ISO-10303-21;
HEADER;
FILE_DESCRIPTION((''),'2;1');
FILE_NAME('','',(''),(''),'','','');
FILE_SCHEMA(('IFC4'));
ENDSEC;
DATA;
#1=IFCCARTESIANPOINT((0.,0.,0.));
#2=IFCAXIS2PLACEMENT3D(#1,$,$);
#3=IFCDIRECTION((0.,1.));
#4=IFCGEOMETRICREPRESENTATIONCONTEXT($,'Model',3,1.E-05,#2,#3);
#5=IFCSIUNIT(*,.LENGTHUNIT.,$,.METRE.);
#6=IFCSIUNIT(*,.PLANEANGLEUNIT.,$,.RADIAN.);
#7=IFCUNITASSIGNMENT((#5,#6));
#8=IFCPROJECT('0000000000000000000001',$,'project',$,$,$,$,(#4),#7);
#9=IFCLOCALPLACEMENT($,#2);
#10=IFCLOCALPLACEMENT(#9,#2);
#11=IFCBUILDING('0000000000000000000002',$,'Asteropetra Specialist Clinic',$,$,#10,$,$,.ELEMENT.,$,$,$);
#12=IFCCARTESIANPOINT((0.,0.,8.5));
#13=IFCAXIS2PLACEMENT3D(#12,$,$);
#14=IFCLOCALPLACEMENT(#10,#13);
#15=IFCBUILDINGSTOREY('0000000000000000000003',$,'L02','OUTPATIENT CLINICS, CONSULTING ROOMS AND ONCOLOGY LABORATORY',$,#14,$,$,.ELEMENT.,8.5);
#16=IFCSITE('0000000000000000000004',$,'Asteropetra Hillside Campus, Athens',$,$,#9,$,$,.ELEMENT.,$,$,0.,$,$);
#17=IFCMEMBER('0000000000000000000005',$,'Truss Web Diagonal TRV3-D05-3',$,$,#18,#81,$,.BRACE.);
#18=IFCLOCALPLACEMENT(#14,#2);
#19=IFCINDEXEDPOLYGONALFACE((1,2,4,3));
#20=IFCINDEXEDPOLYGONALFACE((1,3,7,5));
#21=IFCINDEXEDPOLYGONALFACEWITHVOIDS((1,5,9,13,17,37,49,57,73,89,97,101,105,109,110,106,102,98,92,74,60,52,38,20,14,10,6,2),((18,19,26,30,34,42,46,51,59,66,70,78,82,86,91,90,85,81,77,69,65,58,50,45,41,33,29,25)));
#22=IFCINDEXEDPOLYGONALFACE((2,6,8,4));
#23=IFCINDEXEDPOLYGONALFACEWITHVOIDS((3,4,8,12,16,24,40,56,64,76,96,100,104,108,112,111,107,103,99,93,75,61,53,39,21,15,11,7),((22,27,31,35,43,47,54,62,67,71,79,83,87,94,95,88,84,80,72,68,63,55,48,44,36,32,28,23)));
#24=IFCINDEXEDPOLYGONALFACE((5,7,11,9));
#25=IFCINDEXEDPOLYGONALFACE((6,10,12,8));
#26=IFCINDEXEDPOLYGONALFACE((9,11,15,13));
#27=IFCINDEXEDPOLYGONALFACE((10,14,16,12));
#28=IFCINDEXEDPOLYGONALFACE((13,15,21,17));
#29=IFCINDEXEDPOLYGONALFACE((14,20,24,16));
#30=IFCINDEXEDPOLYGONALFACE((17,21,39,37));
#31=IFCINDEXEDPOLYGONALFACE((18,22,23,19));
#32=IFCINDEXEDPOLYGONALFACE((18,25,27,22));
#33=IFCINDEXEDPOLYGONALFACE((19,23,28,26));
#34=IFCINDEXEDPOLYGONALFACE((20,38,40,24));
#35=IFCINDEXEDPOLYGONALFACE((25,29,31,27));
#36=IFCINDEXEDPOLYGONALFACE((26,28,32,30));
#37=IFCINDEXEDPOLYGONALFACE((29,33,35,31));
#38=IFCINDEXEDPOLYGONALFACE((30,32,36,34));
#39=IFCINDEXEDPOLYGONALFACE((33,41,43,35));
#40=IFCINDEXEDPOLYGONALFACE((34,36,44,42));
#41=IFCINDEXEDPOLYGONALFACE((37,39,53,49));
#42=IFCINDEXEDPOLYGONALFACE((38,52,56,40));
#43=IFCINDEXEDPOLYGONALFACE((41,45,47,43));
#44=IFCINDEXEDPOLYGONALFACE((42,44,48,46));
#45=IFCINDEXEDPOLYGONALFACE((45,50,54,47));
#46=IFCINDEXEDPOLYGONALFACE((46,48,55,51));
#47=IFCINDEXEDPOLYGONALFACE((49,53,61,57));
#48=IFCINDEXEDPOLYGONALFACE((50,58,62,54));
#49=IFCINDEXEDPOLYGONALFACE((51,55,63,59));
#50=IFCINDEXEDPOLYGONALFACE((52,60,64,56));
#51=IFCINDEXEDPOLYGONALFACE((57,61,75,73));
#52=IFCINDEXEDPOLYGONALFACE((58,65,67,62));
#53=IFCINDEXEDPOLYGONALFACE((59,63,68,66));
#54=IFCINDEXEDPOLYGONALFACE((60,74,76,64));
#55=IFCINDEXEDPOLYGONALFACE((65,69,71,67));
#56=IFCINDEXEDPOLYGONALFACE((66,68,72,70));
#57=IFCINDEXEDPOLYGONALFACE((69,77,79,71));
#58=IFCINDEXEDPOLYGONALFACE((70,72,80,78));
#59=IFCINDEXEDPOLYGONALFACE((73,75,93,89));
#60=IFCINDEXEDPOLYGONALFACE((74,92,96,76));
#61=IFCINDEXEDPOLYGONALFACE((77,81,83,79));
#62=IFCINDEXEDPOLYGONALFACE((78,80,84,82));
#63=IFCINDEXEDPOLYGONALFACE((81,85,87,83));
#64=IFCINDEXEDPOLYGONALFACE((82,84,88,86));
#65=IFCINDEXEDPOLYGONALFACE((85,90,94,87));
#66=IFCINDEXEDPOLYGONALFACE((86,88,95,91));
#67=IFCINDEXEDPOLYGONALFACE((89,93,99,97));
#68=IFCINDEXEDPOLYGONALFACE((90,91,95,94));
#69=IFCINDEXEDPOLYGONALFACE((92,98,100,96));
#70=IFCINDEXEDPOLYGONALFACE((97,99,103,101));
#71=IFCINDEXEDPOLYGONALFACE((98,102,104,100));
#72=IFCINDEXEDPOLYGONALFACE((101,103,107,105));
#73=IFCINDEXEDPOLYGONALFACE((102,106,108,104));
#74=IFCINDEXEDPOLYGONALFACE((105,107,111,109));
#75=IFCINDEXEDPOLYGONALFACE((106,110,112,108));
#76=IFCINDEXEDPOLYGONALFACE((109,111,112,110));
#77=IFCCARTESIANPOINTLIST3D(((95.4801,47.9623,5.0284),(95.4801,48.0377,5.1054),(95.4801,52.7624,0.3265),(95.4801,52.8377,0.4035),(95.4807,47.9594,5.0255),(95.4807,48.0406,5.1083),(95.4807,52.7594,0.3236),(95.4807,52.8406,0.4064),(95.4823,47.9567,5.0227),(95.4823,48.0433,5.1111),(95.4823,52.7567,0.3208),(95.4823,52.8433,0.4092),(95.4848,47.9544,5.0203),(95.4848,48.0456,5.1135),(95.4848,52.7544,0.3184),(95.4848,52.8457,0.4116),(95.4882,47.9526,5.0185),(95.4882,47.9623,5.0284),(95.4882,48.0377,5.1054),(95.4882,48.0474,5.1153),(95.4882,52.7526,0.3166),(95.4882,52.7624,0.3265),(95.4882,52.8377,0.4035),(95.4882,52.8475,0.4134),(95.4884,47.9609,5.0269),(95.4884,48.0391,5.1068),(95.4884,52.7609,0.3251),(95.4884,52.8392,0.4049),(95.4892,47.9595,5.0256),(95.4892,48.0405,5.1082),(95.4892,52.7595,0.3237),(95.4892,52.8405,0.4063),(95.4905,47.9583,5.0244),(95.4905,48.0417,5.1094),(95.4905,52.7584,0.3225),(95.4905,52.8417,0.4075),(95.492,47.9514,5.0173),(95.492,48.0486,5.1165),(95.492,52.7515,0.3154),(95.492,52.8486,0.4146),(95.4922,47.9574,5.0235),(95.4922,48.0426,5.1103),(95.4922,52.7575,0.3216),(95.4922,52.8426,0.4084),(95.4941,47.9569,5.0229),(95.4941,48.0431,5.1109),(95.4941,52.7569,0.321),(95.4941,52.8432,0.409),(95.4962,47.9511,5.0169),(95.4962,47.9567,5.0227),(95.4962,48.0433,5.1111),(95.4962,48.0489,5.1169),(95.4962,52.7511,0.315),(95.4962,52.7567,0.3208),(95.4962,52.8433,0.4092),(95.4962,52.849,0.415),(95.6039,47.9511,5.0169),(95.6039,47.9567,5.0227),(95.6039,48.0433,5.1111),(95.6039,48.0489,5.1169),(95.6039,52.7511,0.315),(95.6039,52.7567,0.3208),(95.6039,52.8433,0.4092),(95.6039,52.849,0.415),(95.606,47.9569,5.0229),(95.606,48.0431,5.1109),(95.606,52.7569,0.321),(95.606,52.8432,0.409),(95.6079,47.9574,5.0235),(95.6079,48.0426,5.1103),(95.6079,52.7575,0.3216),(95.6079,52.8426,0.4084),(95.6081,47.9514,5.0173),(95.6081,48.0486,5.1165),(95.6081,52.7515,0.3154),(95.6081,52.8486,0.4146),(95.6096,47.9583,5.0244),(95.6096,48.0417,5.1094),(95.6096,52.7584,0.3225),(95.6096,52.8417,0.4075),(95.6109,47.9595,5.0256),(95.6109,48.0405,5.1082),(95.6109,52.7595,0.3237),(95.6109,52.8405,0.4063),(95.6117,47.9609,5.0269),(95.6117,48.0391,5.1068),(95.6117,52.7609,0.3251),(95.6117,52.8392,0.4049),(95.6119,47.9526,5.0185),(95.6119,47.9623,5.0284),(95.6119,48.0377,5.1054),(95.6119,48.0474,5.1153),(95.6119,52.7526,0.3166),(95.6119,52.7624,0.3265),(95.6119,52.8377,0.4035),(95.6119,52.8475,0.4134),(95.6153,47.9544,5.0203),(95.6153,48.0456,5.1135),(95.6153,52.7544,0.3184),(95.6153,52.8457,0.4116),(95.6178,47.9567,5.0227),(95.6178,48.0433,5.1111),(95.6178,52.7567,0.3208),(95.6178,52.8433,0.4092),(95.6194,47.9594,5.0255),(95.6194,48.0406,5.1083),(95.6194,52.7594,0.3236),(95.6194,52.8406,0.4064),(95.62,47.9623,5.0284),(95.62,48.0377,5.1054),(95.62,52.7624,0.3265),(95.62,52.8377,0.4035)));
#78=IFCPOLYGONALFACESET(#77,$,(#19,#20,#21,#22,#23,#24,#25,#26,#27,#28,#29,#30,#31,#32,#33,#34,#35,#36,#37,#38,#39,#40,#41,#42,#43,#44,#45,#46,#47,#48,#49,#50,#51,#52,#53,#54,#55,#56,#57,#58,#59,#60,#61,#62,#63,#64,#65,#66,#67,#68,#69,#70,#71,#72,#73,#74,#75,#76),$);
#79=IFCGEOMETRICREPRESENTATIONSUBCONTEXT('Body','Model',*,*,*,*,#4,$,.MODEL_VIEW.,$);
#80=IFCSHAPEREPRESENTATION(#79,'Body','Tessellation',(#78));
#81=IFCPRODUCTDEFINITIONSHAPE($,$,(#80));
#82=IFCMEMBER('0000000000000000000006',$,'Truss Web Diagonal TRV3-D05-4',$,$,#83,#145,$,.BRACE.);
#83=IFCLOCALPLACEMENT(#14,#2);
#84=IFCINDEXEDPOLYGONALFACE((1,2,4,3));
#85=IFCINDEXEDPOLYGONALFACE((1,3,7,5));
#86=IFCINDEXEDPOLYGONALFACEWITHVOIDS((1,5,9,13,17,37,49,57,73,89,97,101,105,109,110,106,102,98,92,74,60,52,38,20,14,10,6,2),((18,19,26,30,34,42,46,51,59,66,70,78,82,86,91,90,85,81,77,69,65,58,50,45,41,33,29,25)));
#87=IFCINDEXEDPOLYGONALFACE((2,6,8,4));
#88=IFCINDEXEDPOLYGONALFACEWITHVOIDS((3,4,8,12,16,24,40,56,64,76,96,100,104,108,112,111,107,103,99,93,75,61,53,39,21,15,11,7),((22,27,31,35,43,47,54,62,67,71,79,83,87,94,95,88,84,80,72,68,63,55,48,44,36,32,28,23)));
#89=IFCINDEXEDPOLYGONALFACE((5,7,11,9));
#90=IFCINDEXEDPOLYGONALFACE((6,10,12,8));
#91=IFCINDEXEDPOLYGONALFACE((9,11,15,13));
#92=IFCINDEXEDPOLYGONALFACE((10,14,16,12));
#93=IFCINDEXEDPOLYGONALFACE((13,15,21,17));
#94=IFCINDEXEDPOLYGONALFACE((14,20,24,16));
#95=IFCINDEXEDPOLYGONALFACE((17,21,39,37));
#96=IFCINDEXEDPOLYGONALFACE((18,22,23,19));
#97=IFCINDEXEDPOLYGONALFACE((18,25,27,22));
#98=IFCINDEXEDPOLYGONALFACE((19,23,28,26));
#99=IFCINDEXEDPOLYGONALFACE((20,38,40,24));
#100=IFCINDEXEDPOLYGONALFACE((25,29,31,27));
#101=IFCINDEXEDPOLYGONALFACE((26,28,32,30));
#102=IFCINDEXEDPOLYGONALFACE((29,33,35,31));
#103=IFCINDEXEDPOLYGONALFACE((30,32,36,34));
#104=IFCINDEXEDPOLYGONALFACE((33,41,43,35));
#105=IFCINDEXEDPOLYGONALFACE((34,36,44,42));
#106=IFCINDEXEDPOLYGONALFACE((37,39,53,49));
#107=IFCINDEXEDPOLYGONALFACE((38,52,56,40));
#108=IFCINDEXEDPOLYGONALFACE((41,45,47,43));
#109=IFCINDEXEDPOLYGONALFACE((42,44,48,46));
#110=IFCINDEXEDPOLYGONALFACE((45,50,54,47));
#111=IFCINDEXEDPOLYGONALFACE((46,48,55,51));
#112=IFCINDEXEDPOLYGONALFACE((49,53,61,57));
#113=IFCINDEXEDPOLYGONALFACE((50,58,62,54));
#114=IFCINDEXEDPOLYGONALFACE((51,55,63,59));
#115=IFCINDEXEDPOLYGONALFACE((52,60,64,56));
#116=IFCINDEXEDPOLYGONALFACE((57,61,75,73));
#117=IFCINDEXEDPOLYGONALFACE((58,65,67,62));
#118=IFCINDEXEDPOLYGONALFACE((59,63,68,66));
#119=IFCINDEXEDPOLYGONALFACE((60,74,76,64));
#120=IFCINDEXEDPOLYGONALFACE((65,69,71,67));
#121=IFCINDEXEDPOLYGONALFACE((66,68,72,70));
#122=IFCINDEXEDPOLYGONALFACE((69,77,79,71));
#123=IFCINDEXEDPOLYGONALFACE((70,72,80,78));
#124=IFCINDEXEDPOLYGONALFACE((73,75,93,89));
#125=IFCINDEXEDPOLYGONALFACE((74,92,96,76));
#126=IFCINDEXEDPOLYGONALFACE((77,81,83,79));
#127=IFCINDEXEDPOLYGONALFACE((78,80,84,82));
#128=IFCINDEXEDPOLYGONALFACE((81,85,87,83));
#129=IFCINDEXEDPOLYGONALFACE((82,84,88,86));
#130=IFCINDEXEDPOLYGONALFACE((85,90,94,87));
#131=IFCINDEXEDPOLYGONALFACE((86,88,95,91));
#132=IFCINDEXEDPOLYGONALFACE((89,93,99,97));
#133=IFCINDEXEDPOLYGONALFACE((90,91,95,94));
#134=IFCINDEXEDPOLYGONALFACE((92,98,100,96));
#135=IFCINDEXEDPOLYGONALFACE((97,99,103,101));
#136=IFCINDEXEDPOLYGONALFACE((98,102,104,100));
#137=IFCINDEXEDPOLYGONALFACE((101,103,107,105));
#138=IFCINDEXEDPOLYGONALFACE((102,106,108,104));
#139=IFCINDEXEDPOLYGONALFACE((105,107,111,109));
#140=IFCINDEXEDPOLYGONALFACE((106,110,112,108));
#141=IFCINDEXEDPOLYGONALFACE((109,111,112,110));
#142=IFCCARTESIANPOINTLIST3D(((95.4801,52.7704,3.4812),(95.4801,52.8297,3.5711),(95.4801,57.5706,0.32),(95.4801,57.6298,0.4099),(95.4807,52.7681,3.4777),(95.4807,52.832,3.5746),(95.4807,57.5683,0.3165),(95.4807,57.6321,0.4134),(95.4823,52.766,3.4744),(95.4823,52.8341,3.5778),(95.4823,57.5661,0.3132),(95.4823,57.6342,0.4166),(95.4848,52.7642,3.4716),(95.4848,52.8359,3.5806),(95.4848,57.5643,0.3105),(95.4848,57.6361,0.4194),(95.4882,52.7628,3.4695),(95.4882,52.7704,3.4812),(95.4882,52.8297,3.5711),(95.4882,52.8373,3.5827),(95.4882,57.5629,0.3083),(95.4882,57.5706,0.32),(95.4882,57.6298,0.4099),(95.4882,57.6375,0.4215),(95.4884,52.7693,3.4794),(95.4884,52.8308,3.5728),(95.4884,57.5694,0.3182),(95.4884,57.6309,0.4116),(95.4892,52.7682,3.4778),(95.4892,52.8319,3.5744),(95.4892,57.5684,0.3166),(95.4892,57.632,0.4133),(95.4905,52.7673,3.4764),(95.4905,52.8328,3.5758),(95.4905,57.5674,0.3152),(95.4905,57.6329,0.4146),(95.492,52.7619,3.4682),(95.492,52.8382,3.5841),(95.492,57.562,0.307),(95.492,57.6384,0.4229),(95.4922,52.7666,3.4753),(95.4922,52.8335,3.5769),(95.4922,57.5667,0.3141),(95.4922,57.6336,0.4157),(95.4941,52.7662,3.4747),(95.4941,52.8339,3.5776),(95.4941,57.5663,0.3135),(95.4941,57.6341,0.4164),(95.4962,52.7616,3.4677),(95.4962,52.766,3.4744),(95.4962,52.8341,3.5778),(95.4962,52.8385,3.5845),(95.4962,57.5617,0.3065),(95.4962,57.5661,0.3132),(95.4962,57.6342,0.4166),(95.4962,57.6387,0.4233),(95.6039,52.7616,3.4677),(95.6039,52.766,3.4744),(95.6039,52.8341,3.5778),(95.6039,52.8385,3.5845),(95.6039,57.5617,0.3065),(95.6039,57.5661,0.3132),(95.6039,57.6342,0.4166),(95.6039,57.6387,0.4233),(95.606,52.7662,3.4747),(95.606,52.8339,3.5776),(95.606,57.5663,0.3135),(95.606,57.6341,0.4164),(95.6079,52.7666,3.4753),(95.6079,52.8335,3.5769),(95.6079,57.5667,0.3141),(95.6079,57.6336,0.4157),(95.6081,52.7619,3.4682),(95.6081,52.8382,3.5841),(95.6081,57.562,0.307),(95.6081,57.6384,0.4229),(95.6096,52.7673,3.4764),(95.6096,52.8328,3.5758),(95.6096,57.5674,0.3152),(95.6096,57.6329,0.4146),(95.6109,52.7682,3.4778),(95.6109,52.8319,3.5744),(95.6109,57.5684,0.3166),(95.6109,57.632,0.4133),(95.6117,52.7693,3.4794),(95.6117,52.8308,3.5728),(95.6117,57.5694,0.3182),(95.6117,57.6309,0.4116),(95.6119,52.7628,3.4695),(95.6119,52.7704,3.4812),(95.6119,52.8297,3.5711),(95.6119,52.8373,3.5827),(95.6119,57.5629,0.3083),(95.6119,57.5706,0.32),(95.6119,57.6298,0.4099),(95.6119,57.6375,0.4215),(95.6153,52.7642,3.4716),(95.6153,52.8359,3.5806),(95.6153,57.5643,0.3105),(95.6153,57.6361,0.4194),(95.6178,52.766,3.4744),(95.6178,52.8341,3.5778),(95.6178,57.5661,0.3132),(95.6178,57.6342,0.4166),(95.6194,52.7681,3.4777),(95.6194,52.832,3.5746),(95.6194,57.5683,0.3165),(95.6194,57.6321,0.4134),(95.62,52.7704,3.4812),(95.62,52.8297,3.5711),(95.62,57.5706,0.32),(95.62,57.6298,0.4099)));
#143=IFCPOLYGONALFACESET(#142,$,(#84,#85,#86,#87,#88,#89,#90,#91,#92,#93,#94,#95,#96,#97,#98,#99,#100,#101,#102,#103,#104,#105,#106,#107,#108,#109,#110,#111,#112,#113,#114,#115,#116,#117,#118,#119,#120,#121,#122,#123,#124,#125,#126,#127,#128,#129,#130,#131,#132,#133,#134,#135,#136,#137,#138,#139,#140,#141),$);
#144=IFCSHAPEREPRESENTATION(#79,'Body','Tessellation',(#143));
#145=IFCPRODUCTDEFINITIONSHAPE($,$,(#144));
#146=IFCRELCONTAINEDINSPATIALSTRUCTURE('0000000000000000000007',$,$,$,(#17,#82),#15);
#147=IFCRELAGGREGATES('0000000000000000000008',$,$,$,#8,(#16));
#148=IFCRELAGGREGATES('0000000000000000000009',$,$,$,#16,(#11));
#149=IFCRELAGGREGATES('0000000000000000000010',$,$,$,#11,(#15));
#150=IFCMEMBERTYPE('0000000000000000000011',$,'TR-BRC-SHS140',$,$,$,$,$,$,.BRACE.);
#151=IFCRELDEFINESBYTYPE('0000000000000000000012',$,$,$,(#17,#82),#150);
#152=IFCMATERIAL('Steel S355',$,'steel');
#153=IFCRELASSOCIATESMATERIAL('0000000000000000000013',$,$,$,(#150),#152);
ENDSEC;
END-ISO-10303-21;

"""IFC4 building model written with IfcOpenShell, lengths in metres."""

from ifc_helpers import new_model, si_unit, direction, frame, origin, origin_2d, place, context, subcontext, project, spatial, hollow_rectangle, extrude, material, material_profile, profile_set, type_object, element, save


model = new_model("IFC4")

# Units and contexts
model_context = context("Model", 3, precision=1e-05, world=origin(), true_north=direction((0.0, 1.0)))
body_context = subcontext(model_context, "Body", "Model", "MODEL_VIEW")
ifc_project = project(units=[si_unit("LENGTHUNIT", "METRE"), si_unit("PLANEANGLEUNIT", "RADIAN")], contexts=[model_context])

# Site, building, storey
site_placement = place(None, origin())
site = spatial("IfcSite", under=ifc_project, at=site_placement, Name="Asteropetra Hillside Campus, Athens", CompositionType="ELEMENT", RefElevation=0.0)
building_placement = place(site_placement, origin())
building = spatial("IfcBuilding", under=site, at=building_placement, Name="Asteropetra Specialist Clinic", CompositionType="ELEMENT")
storey_placement = place(building_placement, frame((0.0, 0.0, 8.5)))
storey = spatial("IfcBuildingStorey", under=building, at=storey_placement, Name="L02", Description="OUTPATIENT CLINICS, CONSULTING ROOMS AND ONCOLOGY LABORATORY", CompositionType="ELEMENT", Elevation=8.5)

# Members
ifc_material_1 = material(Name="Steel S355", Category="steel")
ifc_material_profile_1 = material_profile(ifc_material_1, hollow_rectangle(XDim=0.1399, YDim=0.1399, WallThickness=0.0081, InnerFilletRadius=0.0081, OuterFilletRadius=0.0161, at=origin_2d()), Name="SHS 140x140x8.0")
ifc_profile_set_1 = profile_set([ifc_material_profile_1], Name="Steel S355")
member_type_1 = type_object("IfcMemberType", Name="TR-BRC-SHS140", PredefinedType="BRACE", material=ifc_profile_set_1)
member_1_placement = place(storey_placement, frame((95.55, 48.0, 5.0669), z_axis=(0.0, 0.714372, -0.699766), x_axis=(-1.0, 0.0, 0.0)))
element("IfcMember", 1, at=member_1_placement, inside=storey, type_object=member_type_1, Name="Truss Web Diagonal TRV3-D05-3", PredefinedType="BRACE", context=body_context, shape_type="SweptSolid", body=[
    extrude(hollow_rectangle(XDim=0.1399, YDim=0.1399, WallThickness=0.0081, InnerFilletRadius=0.0081, OuterFilletRadius=0.0161, at=origin_2d()), origin(), (0.0, 0.0, 1.0), 6.7192),
])
member_2_placement = place(storey_placement, frame((95.55, 52.8, 3.5261), z_axis=(0.0, 0.835161, -0.550006), x_axis=(-1.0, 0.0, 0.0)))
element("IfcMember", 2, at=member_2_placement, inside=storey, type_object=member_type_1, Name="Truss Web Diagonal TRV3-D05-4", PredefinedType="BRACE", context=body_context, shape_type="SweptSolid", body=[
    extrude(hollow_rectangle(XDim=0.1399, YDim=0.1399, WallThickness=0.0081, InnerFilletRadius=0.0081, OuterFilletRadius=0.0161, at=origin_2d()), origin(), (0.0, 0.0, 1.0), 5.7476),
])

save(model, "model.ifc")
